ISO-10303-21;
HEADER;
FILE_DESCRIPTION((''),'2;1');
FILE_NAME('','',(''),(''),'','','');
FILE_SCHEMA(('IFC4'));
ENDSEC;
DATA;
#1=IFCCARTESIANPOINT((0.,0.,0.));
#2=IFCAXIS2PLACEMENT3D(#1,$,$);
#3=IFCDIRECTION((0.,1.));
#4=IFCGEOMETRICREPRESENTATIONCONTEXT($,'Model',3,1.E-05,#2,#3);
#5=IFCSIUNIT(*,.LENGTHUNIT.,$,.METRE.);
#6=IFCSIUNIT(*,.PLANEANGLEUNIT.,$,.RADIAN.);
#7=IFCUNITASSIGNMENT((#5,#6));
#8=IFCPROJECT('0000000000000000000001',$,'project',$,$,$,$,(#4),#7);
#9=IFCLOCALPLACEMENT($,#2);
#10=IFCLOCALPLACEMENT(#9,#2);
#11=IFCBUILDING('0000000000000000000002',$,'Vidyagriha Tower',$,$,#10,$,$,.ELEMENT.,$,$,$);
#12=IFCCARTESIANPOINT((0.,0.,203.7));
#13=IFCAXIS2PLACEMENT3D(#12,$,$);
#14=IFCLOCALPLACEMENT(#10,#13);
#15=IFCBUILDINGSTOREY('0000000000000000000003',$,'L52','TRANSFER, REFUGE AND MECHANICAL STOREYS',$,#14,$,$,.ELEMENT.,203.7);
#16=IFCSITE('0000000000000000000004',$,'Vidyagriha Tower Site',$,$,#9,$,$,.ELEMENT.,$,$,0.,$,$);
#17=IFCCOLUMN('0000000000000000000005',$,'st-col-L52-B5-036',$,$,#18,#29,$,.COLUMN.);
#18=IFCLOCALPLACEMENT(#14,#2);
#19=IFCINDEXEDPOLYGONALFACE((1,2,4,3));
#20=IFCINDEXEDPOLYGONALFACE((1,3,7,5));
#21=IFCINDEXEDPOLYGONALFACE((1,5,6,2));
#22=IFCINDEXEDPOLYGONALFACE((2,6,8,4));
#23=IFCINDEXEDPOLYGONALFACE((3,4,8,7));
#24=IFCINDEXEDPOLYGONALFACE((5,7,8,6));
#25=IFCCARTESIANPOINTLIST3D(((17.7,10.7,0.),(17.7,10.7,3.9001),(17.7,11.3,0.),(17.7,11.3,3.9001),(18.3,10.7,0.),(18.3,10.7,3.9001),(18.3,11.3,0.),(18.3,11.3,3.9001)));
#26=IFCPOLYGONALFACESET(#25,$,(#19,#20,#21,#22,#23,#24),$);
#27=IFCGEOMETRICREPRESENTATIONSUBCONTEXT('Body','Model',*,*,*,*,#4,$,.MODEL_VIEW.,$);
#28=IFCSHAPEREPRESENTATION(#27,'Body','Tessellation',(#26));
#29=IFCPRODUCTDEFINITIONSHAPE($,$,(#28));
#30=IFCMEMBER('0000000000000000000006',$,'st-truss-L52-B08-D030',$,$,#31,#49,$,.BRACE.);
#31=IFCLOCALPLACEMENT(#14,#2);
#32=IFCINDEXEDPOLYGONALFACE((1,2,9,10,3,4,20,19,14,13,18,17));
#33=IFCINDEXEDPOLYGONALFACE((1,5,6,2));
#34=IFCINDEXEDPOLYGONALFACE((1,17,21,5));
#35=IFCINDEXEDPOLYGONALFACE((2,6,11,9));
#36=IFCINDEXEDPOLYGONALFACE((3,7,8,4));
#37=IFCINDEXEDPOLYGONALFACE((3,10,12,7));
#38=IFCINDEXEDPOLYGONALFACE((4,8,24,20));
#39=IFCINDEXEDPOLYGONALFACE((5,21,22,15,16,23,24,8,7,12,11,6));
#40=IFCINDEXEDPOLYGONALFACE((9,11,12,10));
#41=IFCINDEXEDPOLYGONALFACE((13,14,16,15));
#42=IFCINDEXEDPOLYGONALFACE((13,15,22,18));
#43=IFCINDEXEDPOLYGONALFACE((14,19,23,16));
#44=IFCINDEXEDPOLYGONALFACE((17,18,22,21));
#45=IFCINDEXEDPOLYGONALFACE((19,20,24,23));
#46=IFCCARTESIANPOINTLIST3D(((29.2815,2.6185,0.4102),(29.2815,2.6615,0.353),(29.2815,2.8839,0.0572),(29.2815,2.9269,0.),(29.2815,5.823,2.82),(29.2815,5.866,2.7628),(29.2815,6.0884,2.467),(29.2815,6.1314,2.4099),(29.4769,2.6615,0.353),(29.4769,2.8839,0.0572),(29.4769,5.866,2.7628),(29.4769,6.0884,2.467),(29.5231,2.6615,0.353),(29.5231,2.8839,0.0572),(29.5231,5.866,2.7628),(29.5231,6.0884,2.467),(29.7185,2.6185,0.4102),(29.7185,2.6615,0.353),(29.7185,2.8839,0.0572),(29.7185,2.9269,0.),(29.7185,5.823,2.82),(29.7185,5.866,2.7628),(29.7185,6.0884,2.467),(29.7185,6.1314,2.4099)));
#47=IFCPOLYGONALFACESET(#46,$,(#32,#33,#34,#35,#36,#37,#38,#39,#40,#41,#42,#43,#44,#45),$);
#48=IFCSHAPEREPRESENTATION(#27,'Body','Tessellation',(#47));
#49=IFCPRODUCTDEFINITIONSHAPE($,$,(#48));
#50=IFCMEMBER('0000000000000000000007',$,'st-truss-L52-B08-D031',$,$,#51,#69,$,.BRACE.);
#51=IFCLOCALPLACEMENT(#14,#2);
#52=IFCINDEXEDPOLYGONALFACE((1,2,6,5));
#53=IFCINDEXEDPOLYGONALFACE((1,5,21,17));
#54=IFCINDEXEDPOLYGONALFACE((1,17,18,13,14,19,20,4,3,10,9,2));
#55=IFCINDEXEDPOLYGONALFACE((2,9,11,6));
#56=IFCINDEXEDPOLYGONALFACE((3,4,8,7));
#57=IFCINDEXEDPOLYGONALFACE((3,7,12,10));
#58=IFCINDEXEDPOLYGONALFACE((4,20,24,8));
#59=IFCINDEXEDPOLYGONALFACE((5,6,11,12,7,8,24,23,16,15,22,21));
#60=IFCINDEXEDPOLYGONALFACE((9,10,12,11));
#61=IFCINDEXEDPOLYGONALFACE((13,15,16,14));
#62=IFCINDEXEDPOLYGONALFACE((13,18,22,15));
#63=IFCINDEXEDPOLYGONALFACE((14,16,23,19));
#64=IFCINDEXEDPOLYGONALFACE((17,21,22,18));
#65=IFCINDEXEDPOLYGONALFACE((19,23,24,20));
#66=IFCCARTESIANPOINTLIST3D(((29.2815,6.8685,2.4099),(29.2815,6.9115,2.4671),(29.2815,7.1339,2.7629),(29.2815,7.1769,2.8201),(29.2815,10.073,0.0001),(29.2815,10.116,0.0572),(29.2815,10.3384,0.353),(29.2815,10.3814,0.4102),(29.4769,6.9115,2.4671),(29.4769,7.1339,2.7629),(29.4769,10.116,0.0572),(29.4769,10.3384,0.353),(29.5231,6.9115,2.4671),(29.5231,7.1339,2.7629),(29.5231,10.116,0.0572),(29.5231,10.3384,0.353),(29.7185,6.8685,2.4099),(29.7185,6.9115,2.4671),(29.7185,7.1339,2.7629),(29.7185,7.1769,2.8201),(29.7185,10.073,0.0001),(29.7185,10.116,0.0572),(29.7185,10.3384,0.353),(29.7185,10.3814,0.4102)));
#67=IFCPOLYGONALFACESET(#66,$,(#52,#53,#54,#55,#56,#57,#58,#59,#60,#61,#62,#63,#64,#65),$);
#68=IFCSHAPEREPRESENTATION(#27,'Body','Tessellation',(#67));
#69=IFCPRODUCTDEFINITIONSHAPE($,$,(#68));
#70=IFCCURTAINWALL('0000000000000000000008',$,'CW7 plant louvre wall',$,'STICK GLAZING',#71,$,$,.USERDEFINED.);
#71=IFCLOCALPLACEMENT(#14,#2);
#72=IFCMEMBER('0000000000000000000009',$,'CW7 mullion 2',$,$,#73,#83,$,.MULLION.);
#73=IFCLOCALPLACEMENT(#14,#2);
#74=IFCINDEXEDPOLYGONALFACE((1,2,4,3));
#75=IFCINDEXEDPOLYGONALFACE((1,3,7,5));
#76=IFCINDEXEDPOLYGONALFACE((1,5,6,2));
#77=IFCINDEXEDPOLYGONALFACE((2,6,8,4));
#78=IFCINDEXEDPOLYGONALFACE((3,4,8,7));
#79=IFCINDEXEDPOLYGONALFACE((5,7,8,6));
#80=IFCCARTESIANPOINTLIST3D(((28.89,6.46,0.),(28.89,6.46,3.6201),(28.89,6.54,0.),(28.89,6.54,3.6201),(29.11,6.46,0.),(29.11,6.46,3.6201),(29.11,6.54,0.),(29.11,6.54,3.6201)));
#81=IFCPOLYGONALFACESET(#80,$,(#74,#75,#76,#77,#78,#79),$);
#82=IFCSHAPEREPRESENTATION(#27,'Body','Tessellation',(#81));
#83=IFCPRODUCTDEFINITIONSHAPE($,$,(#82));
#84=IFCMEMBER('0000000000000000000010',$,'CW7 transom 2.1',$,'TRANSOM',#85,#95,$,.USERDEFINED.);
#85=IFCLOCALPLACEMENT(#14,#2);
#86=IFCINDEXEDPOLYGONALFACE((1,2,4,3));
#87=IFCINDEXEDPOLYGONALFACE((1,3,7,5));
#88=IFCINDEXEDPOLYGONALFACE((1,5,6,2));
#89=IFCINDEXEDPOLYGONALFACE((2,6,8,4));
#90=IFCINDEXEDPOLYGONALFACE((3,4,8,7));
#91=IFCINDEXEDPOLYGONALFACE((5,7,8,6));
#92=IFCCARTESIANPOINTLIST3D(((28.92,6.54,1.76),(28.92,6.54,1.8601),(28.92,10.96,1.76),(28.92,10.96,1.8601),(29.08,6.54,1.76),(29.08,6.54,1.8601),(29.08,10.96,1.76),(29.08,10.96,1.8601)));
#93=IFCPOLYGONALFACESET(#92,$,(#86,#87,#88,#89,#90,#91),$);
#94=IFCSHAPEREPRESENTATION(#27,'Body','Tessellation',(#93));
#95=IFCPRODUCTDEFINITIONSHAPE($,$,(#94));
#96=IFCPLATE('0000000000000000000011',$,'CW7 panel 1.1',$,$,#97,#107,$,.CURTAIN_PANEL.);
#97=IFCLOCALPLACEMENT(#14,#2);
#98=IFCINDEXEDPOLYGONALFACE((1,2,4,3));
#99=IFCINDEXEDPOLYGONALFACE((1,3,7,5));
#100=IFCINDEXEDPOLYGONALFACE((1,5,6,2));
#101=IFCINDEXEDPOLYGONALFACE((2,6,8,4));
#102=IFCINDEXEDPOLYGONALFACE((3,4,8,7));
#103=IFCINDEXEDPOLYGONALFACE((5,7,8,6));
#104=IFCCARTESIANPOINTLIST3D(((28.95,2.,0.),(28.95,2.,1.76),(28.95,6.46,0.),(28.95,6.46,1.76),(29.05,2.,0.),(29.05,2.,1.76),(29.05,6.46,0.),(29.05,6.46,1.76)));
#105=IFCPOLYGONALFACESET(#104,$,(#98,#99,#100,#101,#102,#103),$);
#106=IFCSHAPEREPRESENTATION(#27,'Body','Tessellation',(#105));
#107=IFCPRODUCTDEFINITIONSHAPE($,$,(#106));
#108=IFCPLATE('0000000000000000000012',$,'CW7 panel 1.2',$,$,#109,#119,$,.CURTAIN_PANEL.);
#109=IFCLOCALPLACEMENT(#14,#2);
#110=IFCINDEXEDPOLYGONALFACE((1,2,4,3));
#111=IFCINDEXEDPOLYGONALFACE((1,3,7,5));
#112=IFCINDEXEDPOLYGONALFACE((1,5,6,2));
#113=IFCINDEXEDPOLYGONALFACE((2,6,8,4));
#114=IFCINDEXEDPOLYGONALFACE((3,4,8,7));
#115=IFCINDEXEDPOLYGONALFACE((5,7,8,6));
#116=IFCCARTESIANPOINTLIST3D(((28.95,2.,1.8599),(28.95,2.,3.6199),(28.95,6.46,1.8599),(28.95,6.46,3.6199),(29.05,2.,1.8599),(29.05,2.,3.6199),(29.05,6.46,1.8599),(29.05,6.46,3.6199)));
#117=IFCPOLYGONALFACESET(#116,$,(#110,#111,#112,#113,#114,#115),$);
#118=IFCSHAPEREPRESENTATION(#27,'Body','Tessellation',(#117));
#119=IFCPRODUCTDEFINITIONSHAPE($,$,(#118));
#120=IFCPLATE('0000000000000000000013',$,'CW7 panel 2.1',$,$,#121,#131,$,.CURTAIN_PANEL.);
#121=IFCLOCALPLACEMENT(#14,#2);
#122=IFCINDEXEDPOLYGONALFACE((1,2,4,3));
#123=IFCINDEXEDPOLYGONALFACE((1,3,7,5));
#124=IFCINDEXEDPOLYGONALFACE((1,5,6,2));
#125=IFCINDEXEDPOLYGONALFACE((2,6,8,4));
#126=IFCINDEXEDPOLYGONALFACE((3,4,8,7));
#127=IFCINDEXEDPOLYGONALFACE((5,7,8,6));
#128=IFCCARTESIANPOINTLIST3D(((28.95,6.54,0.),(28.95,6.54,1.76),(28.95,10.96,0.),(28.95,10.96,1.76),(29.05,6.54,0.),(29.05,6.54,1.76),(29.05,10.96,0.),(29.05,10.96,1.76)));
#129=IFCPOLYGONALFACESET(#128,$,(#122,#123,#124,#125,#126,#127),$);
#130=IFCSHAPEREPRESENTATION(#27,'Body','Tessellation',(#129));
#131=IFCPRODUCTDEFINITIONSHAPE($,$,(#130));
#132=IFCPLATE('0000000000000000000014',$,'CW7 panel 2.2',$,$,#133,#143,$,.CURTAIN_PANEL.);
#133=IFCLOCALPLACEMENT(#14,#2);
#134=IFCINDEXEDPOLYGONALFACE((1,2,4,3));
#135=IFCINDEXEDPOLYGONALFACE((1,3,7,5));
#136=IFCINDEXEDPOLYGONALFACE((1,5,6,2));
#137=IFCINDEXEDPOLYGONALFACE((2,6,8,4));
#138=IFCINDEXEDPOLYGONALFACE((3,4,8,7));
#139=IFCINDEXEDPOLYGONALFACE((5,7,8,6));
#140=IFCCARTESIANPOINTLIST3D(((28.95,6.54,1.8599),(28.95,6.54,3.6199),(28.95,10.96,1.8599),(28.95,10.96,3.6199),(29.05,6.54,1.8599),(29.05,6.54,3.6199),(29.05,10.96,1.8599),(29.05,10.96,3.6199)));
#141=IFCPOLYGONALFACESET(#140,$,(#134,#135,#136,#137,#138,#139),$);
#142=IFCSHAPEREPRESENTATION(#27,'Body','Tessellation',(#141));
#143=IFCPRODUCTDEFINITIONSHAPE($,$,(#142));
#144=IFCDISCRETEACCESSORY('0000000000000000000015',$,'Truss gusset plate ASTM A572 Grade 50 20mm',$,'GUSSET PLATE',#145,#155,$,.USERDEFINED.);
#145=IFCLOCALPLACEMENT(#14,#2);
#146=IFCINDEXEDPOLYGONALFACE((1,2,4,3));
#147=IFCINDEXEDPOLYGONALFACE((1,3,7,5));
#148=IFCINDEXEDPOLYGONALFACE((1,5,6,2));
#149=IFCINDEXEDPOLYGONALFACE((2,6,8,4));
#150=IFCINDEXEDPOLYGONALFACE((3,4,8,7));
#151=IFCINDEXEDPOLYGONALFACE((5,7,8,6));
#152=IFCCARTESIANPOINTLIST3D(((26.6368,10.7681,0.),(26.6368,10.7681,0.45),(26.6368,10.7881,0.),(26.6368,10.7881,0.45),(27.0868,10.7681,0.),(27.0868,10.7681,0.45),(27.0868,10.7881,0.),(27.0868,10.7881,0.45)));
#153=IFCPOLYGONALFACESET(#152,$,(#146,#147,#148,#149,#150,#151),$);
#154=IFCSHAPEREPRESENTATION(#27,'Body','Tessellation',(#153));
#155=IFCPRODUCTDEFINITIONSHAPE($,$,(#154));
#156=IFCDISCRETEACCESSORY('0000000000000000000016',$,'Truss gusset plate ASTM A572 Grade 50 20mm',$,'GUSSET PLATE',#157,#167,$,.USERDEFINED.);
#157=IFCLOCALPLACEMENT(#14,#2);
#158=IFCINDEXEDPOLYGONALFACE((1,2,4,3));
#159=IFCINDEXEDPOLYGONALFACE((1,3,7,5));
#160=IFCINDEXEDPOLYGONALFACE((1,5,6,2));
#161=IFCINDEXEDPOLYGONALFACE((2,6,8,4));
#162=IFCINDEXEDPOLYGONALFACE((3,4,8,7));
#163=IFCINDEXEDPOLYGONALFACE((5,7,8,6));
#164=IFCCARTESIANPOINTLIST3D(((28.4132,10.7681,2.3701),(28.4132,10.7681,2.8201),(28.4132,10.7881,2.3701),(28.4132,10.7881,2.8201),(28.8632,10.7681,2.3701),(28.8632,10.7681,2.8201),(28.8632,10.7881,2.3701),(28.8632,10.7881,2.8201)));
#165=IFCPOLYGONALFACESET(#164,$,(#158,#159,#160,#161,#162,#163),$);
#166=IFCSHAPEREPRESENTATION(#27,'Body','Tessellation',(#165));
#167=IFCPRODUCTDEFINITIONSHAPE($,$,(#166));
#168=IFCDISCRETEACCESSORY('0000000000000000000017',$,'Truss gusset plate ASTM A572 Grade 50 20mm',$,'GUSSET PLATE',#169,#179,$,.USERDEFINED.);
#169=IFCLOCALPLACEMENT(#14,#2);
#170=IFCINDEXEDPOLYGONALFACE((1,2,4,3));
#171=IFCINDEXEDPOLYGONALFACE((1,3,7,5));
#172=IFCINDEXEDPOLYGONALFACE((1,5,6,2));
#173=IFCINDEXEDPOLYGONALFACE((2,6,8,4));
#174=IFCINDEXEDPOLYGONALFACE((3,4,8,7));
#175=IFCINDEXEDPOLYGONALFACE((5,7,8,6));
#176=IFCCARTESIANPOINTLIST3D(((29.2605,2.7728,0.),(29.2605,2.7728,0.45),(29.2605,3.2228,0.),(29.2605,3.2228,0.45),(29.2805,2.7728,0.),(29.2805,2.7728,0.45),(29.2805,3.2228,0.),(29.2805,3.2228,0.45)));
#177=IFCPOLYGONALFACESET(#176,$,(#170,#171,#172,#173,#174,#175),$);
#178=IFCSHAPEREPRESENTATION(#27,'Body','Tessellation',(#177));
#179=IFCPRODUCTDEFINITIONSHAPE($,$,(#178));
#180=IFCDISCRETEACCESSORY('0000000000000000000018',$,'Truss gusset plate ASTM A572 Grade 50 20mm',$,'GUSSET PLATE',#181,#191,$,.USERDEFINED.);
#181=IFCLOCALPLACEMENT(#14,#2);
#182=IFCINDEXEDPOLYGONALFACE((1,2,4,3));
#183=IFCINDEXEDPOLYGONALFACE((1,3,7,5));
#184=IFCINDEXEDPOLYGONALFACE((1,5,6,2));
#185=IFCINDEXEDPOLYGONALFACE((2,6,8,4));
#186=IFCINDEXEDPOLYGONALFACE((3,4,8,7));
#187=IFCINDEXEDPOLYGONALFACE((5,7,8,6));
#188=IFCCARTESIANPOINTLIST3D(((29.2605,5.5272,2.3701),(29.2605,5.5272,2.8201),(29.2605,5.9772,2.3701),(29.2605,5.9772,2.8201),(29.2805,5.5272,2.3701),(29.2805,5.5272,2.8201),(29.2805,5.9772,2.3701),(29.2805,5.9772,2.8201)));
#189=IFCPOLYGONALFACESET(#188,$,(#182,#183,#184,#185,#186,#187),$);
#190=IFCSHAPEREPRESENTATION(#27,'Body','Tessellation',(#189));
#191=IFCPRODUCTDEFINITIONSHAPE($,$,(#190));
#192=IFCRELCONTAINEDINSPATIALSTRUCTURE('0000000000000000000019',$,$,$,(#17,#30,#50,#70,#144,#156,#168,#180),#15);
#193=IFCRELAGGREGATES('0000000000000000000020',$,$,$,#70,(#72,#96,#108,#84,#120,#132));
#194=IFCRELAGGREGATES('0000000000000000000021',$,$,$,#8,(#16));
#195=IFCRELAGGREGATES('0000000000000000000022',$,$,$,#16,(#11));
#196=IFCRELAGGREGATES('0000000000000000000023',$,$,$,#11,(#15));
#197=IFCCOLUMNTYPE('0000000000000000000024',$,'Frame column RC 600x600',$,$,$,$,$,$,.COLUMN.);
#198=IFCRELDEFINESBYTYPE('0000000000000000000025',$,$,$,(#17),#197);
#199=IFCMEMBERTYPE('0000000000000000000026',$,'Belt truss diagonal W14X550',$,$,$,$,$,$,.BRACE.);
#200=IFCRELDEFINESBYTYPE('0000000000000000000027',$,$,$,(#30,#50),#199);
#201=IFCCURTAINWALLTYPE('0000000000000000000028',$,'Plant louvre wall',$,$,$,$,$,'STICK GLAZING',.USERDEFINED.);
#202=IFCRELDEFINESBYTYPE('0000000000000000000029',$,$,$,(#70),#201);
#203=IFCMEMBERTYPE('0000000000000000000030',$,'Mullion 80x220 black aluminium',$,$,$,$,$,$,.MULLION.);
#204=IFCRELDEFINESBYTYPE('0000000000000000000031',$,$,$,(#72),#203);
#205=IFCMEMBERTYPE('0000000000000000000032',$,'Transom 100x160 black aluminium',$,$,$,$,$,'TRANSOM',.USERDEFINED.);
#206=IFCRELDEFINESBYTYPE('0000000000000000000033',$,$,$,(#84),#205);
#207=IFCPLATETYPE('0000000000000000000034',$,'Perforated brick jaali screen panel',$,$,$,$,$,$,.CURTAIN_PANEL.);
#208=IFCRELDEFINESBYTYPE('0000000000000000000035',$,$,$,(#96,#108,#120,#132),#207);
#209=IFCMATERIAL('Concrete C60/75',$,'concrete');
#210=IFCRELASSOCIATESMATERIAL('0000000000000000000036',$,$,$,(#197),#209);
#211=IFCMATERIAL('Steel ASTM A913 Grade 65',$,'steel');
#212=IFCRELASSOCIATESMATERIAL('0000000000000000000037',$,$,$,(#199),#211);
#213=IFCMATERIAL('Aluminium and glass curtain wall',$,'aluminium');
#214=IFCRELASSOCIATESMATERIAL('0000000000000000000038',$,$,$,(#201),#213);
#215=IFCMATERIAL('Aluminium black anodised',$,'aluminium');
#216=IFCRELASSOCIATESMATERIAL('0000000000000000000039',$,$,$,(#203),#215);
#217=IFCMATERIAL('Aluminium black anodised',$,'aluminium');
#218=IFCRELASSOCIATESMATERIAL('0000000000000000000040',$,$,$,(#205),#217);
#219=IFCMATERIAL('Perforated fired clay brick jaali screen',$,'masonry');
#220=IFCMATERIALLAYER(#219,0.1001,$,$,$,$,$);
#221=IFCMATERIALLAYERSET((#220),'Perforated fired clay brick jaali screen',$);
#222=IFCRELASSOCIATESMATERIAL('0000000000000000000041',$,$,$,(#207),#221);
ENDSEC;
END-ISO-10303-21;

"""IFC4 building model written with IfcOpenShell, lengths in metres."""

from ifc_helpers import new_model, si_unit, direction, frame, origin, origin_2d, place, context, subcontext, project, spatial, rectangle, i_section, extrude, material, layer, layer_set, material_profile, profile_set, type_object, element, aggregate, save


model = new_model("IFC4")

# Units and contexts
model_context = context("Model", 3, precision=1e-05, world=origin(), true_north=direction((0.0, 1.0)))
body_context = subcontext(model_context, "Body", "Model", "MODEL_VIEW")
ifc_project = project(units=[si_unit("LENGTHUNIT", "METRE"), si_unit("PLANEANGLEUNIT", "RADIAN")], contexts=[model_context])

# Site, building, storey
site_placement = place(None, origin())
site = spatial("IfcSite", under=ifc_project, at=site_placement, Name="Vidyagriha Tower Site", CompositionType="ELEMENT", RefElevation=0.0)
building_placement = place(site_placement, origin())
building = spatial("IfcBuilding", under=site, at=building_placement, Name="Vidyagriha Tower", CompositionType="ELEMENT")
storey_placement = place(building_placement, frame((0.0, 0.0, 203.7)))
storey = spatial("IfcBuildingStorey", under=building, at=storey_placement, Name="L52", Description="TRANSFER, REFUGE AND MECHANICAL STOREYS", CompositionType="ELEMENT", Elevation=203.7)

# Column
ifc_material_1 = material(Name="Concrete C60/75", Category="concrete")
ifc_material_profile_1 = material_profile(ifc_material_1, rectangle(XDim=0.6001, YDim=0.6001, at=origin_2d()), Name="RC 600x600")
ifc_profile_set_1 = profile_set([ifc_material_profile_1], Name="Concrete C60/75")
column_type = type_object("IfcColumnType", Name="Frame column RC 600x600", PredefinedType="COLUMN", material=ifc_profile_set_1)
column_placement = place(storey_placement, frame((18.0, 11.0, 0.0)))
element("IfcColumn", 1, at=column_placement, inside=storey, type_object=column_type, Name="st-col-L52-B5-036", PredefinedType="COLUMN", context=body_context, shape_type="SweptSolid", body=[
    extrude(rectangle(XDim=0.6001, YDim=0.6001, at=origin_2d()), origin(), (0.0, 0.0, 1.0), 3.9001),
])

# Members
ifc_material_2 = material(Name="Steel ASTM A913 Grade 65", Category="steel")
ifc_material_profile_2 = material_profile(ifc_material_2, i_section(OverallWidth=0.437, OverallDepth=0.5132, WebThickness=0.0461, FlangeThickness=0.0715, at=origin_2d()), Name="W14X550")
ifc_profile_set_2 = profile_set([ifc_material_profile_2], Name="Steel ASTM A913 Grade 65")
member_type_1 = type_object("IfcMemberType", Name="Belt truss diagonal W14X550", PredefinedType="BRACE", material=ifc_profile_set_2)
for number, where, z_axis, x_axis, name in (
    (2, (29.5, 2.7727, 0.2051), (0.0, 0.799225, 0.601032), (-1.0, 0.0, 0.0), "st-truss-L52-B08-D030"),
    (3, (29.5, 7.0227, 2.615), (0.0, 0.799225, -0.601032), (-1.0, 0.0, 0.0), "st-truss-L52-B08-D031"),
):
    element("IfcMember", number, at=place(storey_placement, frame(where, z_axis=z_axis, x_axis=x_axis)), inside=storey, type_object=member_type_1, Name=name, PredefinedType="BRACE", context=body_context, shape_type="SweptSolid", body=[
        extrude(i_section(OverallWidth=0.437, OverallDepth=0.5132, WebThickness=0.0461, FlangeThickness=0.0715, at=origin_2d()), origin(), (0.0, 0.0, 1.0), 4.0095),
    ])

# Curtain wall, members, plates
ifc_material_3 = material(Name="Aluminium and glass curtain wall", Category="aluminium")
curtain_wall_type = type_object("IfcCurtainWallType", Name="Plant louvre wall", ElementType="STICK GLAZING", PredefinedType="USERDEFINED", material=ifc_material_3)
curtain_wall_placement = place(storey_placement, origin())
curtain_wall = element("IfcCurtainWall", 4, at=curtain_wall_placement, inside=storey, type_object=curtain_wall_type, Name="CW7 plant louvre wall", ObjectType="STICK GLAZING", PredefinedType="USERDEFINED")
ifc_material_4 = material(Name="Aluminium black anodised", Category="aluminium")
ifc_material_profile_3 = material_profile(ifc_material_4, rectangle(XDim=0.22, YDim=0.0801, at=origin_2d()), Name="Mullion 80x220 black aluminium")
ifc_profile_set_3 = profile_set([ifc_material_profile_3], Name="Aluminium black anodised")
member_type_2 = type_object("IfcMemberType", Name="Mullion 80x220 black aluminium", PredefinedType="MULLION", material=ifc_profile_set_3)
member_1_placement = place(storey_placement, frame((29.0, 6.5, 0.0), z_axis=(0.0, 0.0, 1.0), x_axis=(-1.0, 0.0, 0.0)))
member_1 = element("IfcMember", 5, at=member_1_placement, type_object=member_type_2, Name="CW7 mullion 2", PredefinedType="MULLION", context=body_context, shape_type="SweptSolid", body=[
    extrude(rectangle(XDim=0.22, YDim=0.0801, at=origin_2d()), origin(), (0.0, 0.0, 1.0), 3.6201),
])
ifc_material_5 = material(Name="Aluminium black anodised", Category="aluminium")
ifc_material_profile_4 = material_profile(ifc_material_5, rectangle(XDim=0.1599, YDim=0.1001, at=origin_2d()), Name="Transom 100x160 black aluminium")
ifc_profile_set_4 = profile_set([ifc_material_profile_4], Name="Aluminium black anodised")
member_type_3 = type_object("IfcMemberType", Name="Transom 100x160 black aluminium", ElementType="TRANSOM", PredefinedType="USERDEFINED", material=ifc_profile_set_4)
member_2_placement = place(storey_placement, frame((29.0, 6.54, 1.8101), z_axis=(0.0, 1.0, 0.0), x_axis=(-1.0, 0.0, 0.0)))
member_2 = element("IfcMember", 6, at=member_2_placement, type_object=member_type_3, Name="CW7 transom 2.1", ObjectType="TRANSOM", PredefinedType="USERDEFINED", context=body_context, shape_type="SweptSolid", body=[
    extrude(rectangle(XDim=0.1599, YDim=0.1001, at=origin_2d()), origin(), (0.0, 0.0, 1.0), 4.4199),
])
ifc_material_6 = material(Name="Perforated fired clay brick jaali screen", Category="masonry")
ifc_layer = layer(ifc_material_6, 0.1001)
ifc_layer_set = layer_set([ifc_layer], Name="Perforated fired clay brick jaali screen")
plate_type = type_object("IfcPlateType", Name="Perforated brick jaali screen panel", PredefinedType="CURTAIN_PANEL", material=ifc_layer_set)
plate_1_placement = place(storey_placement, frame((29.0, 4.23, 0.0), z_axis=(0.0, 0.0, 1.0), x_axis=(0.0, 1.0, 0.0)))
plate_1 = element("IfcPlate", 7, at=plate_1_placement, type_object=plate_type, Name="CW7 panel 1.1", PredefinedType="CURTAIN_PANEL", context=body_context, shape_type="SweptSolid", body=[
    extrude(rectangle(XDim=4.46, YDim=0.1001, at=origin_2d()), origin(), (0.0, 0.0, 1.0), 1.76),
])
plate_2_placement = place(storey_placement, frame((29.0, 4.23, 1.8599), z_axis=(0.0, 0.0, 1.0), x_axis=(0.0, 1.0, 0.0)))
plate_2 = element("IfcPlate", 8, at=plate_2_placement, type_object=plate_type, Name="CW7 panel 1.2", PredefinedType="CURTAIN_PANEL", context=body_context, shape_type="SweptSolid", body=[
    extrude(rectangle(XDim=4.46, YDim=0.1001, at=origin_2d()), origin(), (0.0, 0.0, 1.0), 1.76),
])
plate_3_placement = place(storey_placement, frame((29.0, 8.75, 0.0), z_axis=(0.0, 0.0, 1.0), x_axis=(0.0, 1.0, 0.0)))
plate_3 = element("IfcPlate", 9, at=plate_3_placement, type_object=plate_type, Name="CW7 panel 2.1", PredefinedType="CURTAIN_PANEL", context=body_context, shape_type="SweptSolid", body=[
    extrude(rectangle(XDim=4.4199, YDim=0.1001, at=origin_2d()), origin(), (0.0, 0.0, 1.0), 1.76),
])
plate_4_placement = place(storey_placement, frame((29.0, 8.75, 1.8599), z_axis=(0.0, 0.0, 1.0), x_axis=(0.0, 1.0, 0.0)))
plate_4 = element("IfcPlate", 10, at=plate_4_placement, type_object=plate_type, Name="CW7 panel 2.2", PredefinedType="CURTAIN_PANEL", context=body_context, shape_type="SweptSolid", body=[
    extrude(rectangle(XDim=4.4199, YDim=0.1001, at=origin_2d()), origin(), (0.0, 0.0, 1.0), 1.76),
])
aggregate(curtain_wall, [member_1, plate_1, plate_2, member_2, plate_3, plate_4])

# Discrete accessories
for number, where, name in (
    (11, (26.8618, 10.7781, 0.0), "Truss gusset plate ASTM A572 Grade 50 20mm"),
    (12, (28.6382, 10.7781, 2.3701), "Truss gusset plate ASTM A572 Grade 50 20mm"),
):
    element("IfcDiscreteAccessory", number, at=place(storey_placement, frame(where)), inside=storey, Name=name, ObjectType="GUSSET PLATE", PredefinedType="USERDEFINED", context=body_context, shape_type="SweptSolid", body=[
        extrude(rectangle(XDim=0.45, YDim=0.02, at=origin_2d()), origin(), (0.0, 0.0, 1.0), 0.45),
    ])
for number, where, z_axis, x_axis, name in (
    (13, (29.2705, 2.9978, 0.0), (0.0, 0.0, 1.0), (0.0, 1.0, 0.0), "Truss gusset plate ASTM A572 Grade 50 20mm"),
    (14, (29.2705, 5.7522, 2.3701), (0.0, 0.0, 1.0), (0.0, 1.0, 0.0), "Truss gusset plate ASTM A572 Grade 50 20mm"),
):
    element("IfcDiscreteAccessory", number, at=place(storey_placement, frame(where, z_axis=z_axis, x_axis=x_axis)), inside=storey, Name=name, ObjectType="GUSSET PLATE", PredefinedType="USERDEFINED", context=body_context, shape_type="SweptSolid", body=[
        extrude(rectangle(XDim=0.45, YDim=0.02, at=origin_2d()), origin(), (0.0, 0.0, 1.0), 0.45),
    ])

save(model, "model.ifc")
